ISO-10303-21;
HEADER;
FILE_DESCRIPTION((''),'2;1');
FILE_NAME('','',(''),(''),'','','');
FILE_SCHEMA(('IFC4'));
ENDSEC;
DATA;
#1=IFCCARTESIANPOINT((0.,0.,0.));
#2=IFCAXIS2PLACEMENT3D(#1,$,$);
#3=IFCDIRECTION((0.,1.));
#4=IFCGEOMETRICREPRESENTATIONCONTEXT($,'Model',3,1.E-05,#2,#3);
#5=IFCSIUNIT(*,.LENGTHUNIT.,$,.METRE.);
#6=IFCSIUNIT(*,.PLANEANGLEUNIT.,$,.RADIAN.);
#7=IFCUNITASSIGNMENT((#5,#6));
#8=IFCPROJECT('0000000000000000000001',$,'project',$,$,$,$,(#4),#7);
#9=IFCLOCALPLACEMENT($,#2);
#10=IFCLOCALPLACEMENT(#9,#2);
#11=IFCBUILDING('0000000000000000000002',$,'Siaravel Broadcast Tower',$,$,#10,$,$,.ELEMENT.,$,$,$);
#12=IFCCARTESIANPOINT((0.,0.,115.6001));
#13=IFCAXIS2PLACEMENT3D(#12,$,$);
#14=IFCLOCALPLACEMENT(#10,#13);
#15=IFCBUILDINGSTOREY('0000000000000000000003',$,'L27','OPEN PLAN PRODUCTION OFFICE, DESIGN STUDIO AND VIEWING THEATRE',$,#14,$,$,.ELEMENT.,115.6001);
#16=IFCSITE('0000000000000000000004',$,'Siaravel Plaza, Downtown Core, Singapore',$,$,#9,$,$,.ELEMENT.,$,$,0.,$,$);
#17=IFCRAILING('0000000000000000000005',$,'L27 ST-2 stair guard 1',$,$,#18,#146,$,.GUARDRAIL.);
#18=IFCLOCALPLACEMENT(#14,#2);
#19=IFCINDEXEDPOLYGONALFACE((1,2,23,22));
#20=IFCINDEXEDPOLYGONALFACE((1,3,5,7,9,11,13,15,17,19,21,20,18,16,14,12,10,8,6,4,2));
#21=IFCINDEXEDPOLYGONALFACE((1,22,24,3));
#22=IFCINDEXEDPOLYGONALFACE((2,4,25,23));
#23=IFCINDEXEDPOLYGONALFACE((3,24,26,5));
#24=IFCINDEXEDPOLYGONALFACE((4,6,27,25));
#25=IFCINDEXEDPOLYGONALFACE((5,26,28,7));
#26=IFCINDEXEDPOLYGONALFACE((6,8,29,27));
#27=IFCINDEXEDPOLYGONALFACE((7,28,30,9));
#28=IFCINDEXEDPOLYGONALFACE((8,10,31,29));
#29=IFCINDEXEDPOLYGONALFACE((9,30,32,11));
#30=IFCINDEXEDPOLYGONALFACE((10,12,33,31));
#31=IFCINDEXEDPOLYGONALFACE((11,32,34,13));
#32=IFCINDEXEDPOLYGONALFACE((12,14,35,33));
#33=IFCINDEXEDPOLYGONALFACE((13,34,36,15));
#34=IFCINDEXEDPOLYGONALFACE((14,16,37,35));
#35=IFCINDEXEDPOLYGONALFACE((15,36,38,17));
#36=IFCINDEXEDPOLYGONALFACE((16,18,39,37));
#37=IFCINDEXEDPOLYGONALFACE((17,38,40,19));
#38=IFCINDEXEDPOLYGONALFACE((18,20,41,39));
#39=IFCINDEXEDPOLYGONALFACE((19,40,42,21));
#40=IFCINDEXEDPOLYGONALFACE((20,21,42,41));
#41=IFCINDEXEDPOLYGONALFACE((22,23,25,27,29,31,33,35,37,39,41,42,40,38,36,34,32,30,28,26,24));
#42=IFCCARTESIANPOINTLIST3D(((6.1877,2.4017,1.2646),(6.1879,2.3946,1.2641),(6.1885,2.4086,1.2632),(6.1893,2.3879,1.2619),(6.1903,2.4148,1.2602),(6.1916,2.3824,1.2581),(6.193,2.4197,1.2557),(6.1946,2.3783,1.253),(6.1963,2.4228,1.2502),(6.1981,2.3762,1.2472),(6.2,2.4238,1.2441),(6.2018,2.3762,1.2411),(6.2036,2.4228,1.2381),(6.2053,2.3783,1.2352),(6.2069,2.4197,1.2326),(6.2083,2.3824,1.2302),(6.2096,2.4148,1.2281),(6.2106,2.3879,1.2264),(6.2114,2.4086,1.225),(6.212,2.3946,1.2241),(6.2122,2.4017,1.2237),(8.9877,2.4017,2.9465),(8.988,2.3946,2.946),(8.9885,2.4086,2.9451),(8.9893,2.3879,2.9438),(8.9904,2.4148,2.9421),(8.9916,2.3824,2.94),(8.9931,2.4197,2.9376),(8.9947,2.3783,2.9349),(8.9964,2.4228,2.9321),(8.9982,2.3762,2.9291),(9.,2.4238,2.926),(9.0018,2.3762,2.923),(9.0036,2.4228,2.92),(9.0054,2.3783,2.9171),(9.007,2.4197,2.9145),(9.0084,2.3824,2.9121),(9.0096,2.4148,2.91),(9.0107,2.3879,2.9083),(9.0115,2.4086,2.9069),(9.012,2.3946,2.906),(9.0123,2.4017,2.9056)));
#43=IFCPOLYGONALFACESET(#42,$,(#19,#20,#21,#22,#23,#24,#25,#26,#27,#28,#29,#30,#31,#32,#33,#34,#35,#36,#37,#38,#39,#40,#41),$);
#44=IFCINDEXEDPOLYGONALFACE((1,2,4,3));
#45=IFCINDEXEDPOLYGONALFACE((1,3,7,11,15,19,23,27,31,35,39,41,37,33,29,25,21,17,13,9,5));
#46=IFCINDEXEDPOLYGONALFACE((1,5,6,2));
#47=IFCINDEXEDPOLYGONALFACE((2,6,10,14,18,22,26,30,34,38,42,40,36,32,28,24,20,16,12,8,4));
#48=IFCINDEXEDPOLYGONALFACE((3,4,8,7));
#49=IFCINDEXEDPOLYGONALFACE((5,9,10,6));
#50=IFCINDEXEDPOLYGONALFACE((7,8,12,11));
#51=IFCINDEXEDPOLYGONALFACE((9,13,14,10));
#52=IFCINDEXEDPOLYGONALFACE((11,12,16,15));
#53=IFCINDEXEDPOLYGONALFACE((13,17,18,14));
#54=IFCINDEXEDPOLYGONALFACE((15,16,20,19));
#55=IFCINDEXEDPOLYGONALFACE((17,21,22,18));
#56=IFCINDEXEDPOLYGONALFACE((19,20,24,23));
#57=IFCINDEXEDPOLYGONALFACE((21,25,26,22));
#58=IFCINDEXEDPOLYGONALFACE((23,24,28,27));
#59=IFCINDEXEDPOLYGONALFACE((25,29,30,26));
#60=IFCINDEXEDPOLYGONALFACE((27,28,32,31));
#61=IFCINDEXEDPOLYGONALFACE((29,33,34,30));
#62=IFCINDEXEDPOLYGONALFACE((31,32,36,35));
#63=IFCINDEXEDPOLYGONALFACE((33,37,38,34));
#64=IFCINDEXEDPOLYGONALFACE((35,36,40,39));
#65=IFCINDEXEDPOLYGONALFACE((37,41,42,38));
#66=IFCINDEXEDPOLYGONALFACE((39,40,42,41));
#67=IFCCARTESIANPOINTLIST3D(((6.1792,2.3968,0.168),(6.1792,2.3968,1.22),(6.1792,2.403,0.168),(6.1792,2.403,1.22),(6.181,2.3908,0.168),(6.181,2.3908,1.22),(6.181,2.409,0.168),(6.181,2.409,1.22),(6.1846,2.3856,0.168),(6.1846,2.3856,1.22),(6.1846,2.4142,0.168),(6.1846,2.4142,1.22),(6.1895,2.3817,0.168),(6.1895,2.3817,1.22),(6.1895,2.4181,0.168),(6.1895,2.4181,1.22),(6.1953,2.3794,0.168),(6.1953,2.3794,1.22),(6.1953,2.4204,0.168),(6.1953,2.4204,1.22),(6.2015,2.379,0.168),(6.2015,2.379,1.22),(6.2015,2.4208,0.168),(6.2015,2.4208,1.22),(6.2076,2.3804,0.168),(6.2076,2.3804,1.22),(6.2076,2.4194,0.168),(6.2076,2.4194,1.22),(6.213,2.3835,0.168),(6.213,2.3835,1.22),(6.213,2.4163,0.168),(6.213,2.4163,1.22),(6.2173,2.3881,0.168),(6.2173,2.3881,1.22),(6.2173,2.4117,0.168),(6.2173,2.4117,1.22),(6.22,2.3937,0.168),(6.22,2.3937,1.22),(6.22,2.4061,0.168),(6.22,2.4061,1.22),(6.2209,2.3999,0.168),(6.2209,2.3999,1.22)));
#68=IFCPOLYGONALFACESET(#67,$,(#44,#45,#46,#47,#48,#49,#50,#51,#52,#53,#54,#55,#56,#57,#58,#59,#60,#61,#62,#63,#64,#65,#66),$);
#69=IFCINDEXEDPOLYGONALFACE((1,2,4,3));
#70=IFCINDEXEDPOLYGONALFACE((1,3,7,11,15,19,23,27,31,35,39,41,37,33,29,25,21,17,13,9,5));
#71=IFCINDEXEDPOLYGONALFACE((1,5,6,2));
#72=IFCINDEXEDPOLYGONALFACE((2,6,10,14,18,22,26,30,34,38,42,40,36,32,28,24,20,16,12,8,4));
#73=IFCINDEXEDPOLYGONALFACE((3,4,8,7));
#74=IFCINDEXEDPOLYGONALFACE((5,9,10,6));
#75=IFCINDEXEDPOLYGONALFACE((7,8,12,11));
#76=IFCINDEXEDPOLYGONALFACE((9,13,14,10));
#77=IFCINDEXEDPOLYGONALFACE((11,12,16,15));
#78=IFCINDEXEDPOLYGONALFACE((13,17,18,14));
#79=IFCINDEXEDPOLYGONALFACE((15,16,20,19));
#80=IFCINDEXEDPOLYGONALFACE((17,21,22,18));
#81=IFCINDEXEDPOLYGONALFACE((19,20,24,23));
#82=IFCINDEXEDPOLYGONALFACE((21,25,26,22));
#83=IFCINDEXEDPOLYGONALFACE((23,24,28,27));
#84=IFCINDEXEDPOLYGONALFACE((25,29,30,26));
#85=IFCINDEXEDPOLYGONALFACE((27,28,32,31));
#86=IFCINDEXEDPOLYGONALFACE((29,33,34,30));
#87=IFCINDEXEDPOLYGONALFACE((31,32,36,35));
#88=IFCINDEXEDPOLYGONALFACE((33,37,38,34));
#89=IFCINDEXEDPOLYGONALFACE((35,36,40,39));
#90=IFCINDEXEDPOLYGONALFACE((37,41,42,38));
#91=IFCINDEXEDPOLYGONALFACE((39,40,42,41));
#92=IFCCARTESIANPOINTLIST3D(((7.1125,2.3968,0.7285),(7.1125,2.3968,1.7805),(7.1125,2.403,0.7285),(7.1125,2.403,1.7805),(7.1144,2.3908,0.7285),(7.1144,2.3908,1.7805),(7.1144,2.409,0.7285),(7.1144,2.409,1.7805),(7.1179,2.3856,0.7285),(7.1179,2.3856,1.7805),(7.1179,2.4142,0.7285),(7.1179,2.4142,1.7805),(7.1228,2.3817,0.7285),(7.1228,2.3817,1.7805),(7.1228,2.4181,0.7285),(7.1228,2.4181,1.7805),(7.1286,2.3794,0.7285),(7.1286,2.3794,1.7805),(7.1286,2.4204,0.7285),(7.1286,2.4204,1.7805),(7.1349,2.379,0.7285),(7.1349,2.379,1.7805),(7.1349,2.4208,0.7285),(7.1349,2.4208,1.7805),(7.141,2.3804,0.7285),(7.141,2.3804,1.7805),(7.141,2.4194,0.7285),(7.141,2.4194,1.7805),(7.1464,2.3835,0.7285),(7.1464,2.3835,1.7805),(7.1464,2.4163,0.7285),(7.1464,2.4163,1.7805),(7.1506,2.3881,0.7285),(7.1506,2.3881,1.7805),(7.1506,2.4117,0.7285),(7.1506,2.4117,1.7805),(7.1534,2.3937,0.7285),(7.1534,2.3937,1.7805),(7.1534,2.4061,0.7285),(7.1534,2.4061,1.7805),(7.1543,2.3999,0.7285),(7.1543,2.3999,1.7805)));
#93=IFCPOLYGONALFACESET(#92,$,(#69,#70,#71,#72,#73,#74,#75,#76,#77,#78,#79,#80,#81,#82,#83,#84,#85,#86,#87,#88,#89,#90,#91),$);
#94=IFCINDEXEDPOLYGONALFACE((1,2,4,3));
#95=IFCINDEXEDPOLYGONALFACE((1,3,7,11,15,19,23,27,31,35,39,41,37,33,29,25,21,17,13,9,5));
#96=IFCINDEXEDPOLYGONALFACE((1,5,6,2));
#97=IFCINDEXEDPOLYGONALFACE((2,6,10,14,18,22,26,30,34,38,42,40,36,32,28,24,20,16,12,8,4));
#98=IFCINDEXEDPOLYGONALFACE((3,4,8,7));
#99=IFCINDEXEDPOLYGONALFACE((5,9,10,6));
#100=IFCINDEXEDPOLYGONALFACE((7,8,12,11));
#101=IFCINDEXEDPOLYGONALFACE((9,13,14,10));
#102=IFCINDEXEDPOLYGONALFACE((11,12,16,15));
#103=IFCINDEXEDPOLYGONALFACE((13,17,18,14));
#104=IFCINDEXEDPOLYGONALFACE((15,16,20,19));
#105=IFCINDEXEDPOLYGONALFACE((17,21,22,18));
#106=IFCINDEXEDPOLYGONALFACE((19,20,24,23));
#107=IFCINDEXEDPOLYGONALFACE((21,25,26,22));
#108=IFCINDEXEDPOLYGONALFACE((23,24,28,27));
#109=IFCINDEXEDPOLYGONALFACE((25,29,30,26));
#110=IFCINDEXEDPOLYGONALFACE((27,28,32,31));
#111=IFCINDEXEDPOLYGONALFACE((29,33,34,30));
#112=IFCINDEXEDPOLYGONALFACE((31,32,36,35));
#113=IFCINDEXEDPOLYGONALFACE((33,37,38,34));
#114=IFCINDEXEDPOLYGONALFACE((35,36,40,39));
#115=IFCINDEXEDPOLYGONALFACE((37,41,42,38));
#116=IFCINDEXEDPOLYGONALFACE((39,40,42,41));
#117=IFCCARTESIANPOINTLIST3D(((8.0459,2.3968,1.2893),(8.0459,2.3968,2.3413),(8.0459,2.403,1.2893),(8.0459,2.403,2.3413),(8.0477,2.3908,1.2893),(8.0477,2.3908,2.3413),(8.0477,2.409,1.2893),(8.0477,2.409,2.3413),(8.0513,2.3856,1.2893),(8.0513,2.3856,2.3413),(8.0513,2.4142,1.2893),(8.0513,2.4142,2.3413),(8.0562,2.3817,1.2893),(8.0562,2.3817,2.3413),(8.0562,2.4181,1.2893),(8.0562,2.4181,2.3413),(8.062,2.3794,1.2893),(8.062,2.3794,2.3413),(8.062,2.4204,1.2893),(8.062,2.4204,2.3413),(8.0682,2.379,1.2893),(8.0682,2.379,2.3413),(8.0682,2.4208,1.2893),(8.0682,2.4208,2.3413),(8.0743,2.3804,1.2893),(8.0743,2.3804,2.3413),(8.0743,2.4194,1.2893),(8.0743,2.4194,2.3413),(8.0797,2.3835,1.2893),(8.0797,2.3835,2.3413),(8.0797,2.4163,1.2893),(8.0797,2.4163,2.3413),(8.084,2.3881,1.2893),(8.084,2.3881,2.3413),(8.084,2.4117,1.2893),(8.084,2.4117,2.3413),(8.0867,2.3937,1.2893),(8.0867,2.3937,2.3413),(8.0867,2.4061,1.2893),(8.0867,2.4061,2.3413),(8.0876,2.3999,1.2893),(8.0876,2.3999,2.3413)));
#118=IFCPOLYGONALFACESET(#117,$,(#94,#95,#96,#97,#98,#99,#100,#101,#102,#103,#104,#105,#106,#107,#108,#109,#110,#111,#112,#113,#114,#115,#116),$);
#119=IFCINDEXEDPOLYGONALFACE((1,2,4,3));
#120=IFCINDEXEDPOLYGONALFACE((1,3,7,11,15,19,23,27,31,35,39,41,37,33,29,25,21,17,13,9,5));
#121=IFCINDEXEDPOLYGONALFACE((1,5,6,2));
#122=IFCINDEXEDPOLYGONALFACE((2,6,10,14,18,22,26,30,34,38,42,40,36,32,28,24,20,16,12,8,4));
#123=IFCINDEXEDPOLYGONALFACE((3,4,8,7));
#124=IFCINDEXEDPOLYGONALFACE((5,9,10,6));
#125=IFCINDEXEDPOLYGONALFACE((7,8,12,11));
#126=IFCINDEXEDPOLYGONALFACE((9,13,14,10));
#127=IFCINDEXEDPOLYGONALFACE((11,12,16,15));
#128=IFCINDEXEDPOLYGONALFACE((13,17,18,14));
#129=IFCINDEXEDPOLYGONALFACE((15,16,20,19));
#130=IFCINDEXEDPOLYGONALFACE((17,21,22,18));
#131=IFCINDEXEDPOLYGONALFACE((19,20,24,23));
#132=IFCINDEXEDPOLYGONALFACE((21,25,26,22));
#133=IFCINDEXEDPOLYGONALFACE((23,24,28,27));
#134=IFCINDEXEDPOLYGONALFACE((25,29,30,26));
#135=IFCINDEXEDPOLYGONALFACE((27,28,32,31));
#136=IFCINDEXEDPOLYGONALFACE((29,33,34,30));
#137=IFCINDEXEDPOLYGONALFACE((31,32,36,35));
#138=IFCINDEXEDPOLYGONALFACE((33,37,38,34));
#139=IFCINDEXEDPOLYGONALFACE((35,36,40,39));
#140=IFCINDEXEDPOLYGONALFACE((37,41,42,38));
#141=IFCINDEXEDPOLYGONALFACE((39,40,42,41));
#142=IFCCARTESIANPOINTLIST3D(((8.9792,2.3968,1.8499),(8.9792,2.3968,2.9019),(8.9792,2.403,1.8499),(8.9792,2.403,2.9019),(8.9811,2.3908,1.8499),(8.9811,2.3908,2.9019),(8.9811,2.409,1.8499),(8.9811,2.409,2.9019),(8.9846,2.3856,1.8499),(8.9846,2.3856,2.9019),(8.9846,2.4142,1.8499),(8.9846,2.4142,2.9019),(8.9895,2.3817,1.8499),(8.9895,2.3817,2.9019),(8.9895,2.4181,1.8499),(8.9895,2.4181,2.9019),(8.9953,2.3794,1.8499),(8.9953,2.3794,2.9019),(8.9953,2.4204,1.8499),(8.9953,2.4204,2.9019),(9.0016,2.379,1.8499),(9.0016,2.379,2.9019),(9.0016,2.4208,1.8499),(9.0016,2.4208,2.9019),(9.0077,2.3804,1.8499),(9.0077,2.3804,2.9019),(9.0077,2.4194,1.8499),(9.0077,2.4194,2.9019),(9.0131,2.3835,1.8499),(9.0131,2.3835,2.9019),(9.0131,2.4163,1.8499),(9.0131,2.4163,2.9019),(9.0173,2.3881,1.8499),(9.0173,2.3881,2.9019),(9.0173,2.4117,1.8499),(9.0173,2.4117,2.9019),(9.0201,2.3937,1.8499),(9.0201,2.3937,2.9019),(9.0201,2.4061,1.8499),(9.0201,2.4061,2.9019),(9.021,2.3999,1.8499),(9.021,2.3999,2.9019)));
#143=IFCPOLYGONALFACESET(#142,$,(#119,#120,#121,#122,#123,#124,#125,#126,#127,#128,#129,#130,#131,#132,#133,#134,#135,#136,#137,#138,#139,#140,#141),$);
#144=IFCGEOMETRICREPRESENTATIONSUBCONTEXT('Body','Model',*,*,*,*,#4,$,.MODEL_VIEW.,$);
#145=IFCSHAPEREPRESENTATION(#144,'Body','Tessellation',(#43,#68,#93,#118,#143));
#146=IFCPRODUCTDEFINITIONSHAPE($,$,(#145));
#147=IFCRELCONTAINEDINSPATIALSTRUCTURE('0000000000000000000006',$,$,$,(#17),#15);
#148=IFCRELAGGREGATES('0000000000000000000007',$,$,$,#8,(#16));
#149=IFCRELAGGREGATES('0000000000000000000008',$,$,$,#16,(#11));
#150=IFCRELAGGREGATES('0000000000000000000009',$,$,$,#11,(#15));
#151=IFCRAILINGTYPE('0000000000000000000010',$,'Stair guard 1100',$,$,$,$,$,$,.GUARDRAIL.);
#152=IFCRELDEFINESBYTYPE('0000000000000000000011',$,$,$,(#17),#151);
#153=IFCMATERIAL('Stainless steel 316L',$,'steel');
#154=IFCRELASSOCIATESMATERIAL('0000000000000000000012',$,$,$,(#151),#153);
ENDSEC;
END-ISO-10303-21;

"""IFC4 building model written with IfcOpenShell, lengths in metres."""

from ifc_helpers import new_model, si_unit, direction, frame, origin, origin_2d, place, context, subcontext, project, spatial, circle, extrude, material, type_object, element, save


model = new_model("IFC4")

# Units and contexts
model_context = context("Model", 3, precision=1e-05, world=origin(), true_north=direction((0.0, 1.0)))
body_context = subcontext(model_context, "Body", "Model", "MODEL_VIEW")
ifc_project = project(units=[si_unit("LENGTHUNIT", "METRE"), si_unit("PLANEANGLEUNIT", "RADIAN")], contexts=[model_context])

# Site, building, storey
site_placement = place(None, origin())
site = spatial("IfcSite", under=ifc_project, at=site_placement, Name="Siaravel Plaza, Downtown Core, Singapore", CompositionType="ELEMENT", RefElevation=0.0)
building_placement = place(site_placement, origin())
building = spatial("IfcBuilding", under=site, at=building_placement, Name="Siaravel Broadcast Tower", CompositionType="ELEMENT")
storey_placement = place(building_placement, frame((0.0, 0.0, 115.6001)))
storey = spatial("IfcBuildingStorey", under=building, at=storey_placement, Name="L27", Description="OPEN PLAN PRODUCTION OFFICE, DESIGN STUDIO AND VIEWING THEATRE", CompositionType="ELEMENT", Elevation=115.6001)

# Railing
ifc_material_1 = material(Name="Stainless steel 316L", Category="steel")
railing_type_1 = type_object("IfcRailingType", Name="Stair guard 1100", PredefinedType="GUARDRAIL", material=ifc_material_1)
railing_1_placement = place(storey_placement, frame((6.2, 2.3999, 0.168)))
element("IfcRailing", 1, at=railing_1_placement, inside=storey, type_object=railing_type_1, Name="L27 ST-2 stair guard 1", PredefinedType="GUARDRAIL", context=body_context, shape_type="SweptSolid", body=[
    extrude(circle(Radius=0.0239, at=origin_2d()), frame((0.0, 0.0, 1.0762), z_axis=(0.857242, 0.0, 0.514913), x_axis=(0.0, 1.0, 0.0)), (0.0, 0.0, 1.0), 3.2664),
    extrude(circle(Radius=0.021, at=origin_2d()), origin(), (0.0, 0.0, 1.0), 1.052),
    extrude(circle(Radius=0.021, at=origin_2d()), frame((0.9333, 0.0, 0.5605)), (0.0, 0.0, 1.0), 1.052),
    extrude(circle(Radius=0.021, at=origin_2d()), frame((1.8667, 0.0, 1.1213)), (0.0, 0.0, 1.0), 1.052),
    extrude(circle(Radius=0.021, at=origin_2d()), frame((2.8, 0.0, 1.6819)), (0.0, 0.0, 1.0), 1.052),
])

save(model, "model.ifc")
